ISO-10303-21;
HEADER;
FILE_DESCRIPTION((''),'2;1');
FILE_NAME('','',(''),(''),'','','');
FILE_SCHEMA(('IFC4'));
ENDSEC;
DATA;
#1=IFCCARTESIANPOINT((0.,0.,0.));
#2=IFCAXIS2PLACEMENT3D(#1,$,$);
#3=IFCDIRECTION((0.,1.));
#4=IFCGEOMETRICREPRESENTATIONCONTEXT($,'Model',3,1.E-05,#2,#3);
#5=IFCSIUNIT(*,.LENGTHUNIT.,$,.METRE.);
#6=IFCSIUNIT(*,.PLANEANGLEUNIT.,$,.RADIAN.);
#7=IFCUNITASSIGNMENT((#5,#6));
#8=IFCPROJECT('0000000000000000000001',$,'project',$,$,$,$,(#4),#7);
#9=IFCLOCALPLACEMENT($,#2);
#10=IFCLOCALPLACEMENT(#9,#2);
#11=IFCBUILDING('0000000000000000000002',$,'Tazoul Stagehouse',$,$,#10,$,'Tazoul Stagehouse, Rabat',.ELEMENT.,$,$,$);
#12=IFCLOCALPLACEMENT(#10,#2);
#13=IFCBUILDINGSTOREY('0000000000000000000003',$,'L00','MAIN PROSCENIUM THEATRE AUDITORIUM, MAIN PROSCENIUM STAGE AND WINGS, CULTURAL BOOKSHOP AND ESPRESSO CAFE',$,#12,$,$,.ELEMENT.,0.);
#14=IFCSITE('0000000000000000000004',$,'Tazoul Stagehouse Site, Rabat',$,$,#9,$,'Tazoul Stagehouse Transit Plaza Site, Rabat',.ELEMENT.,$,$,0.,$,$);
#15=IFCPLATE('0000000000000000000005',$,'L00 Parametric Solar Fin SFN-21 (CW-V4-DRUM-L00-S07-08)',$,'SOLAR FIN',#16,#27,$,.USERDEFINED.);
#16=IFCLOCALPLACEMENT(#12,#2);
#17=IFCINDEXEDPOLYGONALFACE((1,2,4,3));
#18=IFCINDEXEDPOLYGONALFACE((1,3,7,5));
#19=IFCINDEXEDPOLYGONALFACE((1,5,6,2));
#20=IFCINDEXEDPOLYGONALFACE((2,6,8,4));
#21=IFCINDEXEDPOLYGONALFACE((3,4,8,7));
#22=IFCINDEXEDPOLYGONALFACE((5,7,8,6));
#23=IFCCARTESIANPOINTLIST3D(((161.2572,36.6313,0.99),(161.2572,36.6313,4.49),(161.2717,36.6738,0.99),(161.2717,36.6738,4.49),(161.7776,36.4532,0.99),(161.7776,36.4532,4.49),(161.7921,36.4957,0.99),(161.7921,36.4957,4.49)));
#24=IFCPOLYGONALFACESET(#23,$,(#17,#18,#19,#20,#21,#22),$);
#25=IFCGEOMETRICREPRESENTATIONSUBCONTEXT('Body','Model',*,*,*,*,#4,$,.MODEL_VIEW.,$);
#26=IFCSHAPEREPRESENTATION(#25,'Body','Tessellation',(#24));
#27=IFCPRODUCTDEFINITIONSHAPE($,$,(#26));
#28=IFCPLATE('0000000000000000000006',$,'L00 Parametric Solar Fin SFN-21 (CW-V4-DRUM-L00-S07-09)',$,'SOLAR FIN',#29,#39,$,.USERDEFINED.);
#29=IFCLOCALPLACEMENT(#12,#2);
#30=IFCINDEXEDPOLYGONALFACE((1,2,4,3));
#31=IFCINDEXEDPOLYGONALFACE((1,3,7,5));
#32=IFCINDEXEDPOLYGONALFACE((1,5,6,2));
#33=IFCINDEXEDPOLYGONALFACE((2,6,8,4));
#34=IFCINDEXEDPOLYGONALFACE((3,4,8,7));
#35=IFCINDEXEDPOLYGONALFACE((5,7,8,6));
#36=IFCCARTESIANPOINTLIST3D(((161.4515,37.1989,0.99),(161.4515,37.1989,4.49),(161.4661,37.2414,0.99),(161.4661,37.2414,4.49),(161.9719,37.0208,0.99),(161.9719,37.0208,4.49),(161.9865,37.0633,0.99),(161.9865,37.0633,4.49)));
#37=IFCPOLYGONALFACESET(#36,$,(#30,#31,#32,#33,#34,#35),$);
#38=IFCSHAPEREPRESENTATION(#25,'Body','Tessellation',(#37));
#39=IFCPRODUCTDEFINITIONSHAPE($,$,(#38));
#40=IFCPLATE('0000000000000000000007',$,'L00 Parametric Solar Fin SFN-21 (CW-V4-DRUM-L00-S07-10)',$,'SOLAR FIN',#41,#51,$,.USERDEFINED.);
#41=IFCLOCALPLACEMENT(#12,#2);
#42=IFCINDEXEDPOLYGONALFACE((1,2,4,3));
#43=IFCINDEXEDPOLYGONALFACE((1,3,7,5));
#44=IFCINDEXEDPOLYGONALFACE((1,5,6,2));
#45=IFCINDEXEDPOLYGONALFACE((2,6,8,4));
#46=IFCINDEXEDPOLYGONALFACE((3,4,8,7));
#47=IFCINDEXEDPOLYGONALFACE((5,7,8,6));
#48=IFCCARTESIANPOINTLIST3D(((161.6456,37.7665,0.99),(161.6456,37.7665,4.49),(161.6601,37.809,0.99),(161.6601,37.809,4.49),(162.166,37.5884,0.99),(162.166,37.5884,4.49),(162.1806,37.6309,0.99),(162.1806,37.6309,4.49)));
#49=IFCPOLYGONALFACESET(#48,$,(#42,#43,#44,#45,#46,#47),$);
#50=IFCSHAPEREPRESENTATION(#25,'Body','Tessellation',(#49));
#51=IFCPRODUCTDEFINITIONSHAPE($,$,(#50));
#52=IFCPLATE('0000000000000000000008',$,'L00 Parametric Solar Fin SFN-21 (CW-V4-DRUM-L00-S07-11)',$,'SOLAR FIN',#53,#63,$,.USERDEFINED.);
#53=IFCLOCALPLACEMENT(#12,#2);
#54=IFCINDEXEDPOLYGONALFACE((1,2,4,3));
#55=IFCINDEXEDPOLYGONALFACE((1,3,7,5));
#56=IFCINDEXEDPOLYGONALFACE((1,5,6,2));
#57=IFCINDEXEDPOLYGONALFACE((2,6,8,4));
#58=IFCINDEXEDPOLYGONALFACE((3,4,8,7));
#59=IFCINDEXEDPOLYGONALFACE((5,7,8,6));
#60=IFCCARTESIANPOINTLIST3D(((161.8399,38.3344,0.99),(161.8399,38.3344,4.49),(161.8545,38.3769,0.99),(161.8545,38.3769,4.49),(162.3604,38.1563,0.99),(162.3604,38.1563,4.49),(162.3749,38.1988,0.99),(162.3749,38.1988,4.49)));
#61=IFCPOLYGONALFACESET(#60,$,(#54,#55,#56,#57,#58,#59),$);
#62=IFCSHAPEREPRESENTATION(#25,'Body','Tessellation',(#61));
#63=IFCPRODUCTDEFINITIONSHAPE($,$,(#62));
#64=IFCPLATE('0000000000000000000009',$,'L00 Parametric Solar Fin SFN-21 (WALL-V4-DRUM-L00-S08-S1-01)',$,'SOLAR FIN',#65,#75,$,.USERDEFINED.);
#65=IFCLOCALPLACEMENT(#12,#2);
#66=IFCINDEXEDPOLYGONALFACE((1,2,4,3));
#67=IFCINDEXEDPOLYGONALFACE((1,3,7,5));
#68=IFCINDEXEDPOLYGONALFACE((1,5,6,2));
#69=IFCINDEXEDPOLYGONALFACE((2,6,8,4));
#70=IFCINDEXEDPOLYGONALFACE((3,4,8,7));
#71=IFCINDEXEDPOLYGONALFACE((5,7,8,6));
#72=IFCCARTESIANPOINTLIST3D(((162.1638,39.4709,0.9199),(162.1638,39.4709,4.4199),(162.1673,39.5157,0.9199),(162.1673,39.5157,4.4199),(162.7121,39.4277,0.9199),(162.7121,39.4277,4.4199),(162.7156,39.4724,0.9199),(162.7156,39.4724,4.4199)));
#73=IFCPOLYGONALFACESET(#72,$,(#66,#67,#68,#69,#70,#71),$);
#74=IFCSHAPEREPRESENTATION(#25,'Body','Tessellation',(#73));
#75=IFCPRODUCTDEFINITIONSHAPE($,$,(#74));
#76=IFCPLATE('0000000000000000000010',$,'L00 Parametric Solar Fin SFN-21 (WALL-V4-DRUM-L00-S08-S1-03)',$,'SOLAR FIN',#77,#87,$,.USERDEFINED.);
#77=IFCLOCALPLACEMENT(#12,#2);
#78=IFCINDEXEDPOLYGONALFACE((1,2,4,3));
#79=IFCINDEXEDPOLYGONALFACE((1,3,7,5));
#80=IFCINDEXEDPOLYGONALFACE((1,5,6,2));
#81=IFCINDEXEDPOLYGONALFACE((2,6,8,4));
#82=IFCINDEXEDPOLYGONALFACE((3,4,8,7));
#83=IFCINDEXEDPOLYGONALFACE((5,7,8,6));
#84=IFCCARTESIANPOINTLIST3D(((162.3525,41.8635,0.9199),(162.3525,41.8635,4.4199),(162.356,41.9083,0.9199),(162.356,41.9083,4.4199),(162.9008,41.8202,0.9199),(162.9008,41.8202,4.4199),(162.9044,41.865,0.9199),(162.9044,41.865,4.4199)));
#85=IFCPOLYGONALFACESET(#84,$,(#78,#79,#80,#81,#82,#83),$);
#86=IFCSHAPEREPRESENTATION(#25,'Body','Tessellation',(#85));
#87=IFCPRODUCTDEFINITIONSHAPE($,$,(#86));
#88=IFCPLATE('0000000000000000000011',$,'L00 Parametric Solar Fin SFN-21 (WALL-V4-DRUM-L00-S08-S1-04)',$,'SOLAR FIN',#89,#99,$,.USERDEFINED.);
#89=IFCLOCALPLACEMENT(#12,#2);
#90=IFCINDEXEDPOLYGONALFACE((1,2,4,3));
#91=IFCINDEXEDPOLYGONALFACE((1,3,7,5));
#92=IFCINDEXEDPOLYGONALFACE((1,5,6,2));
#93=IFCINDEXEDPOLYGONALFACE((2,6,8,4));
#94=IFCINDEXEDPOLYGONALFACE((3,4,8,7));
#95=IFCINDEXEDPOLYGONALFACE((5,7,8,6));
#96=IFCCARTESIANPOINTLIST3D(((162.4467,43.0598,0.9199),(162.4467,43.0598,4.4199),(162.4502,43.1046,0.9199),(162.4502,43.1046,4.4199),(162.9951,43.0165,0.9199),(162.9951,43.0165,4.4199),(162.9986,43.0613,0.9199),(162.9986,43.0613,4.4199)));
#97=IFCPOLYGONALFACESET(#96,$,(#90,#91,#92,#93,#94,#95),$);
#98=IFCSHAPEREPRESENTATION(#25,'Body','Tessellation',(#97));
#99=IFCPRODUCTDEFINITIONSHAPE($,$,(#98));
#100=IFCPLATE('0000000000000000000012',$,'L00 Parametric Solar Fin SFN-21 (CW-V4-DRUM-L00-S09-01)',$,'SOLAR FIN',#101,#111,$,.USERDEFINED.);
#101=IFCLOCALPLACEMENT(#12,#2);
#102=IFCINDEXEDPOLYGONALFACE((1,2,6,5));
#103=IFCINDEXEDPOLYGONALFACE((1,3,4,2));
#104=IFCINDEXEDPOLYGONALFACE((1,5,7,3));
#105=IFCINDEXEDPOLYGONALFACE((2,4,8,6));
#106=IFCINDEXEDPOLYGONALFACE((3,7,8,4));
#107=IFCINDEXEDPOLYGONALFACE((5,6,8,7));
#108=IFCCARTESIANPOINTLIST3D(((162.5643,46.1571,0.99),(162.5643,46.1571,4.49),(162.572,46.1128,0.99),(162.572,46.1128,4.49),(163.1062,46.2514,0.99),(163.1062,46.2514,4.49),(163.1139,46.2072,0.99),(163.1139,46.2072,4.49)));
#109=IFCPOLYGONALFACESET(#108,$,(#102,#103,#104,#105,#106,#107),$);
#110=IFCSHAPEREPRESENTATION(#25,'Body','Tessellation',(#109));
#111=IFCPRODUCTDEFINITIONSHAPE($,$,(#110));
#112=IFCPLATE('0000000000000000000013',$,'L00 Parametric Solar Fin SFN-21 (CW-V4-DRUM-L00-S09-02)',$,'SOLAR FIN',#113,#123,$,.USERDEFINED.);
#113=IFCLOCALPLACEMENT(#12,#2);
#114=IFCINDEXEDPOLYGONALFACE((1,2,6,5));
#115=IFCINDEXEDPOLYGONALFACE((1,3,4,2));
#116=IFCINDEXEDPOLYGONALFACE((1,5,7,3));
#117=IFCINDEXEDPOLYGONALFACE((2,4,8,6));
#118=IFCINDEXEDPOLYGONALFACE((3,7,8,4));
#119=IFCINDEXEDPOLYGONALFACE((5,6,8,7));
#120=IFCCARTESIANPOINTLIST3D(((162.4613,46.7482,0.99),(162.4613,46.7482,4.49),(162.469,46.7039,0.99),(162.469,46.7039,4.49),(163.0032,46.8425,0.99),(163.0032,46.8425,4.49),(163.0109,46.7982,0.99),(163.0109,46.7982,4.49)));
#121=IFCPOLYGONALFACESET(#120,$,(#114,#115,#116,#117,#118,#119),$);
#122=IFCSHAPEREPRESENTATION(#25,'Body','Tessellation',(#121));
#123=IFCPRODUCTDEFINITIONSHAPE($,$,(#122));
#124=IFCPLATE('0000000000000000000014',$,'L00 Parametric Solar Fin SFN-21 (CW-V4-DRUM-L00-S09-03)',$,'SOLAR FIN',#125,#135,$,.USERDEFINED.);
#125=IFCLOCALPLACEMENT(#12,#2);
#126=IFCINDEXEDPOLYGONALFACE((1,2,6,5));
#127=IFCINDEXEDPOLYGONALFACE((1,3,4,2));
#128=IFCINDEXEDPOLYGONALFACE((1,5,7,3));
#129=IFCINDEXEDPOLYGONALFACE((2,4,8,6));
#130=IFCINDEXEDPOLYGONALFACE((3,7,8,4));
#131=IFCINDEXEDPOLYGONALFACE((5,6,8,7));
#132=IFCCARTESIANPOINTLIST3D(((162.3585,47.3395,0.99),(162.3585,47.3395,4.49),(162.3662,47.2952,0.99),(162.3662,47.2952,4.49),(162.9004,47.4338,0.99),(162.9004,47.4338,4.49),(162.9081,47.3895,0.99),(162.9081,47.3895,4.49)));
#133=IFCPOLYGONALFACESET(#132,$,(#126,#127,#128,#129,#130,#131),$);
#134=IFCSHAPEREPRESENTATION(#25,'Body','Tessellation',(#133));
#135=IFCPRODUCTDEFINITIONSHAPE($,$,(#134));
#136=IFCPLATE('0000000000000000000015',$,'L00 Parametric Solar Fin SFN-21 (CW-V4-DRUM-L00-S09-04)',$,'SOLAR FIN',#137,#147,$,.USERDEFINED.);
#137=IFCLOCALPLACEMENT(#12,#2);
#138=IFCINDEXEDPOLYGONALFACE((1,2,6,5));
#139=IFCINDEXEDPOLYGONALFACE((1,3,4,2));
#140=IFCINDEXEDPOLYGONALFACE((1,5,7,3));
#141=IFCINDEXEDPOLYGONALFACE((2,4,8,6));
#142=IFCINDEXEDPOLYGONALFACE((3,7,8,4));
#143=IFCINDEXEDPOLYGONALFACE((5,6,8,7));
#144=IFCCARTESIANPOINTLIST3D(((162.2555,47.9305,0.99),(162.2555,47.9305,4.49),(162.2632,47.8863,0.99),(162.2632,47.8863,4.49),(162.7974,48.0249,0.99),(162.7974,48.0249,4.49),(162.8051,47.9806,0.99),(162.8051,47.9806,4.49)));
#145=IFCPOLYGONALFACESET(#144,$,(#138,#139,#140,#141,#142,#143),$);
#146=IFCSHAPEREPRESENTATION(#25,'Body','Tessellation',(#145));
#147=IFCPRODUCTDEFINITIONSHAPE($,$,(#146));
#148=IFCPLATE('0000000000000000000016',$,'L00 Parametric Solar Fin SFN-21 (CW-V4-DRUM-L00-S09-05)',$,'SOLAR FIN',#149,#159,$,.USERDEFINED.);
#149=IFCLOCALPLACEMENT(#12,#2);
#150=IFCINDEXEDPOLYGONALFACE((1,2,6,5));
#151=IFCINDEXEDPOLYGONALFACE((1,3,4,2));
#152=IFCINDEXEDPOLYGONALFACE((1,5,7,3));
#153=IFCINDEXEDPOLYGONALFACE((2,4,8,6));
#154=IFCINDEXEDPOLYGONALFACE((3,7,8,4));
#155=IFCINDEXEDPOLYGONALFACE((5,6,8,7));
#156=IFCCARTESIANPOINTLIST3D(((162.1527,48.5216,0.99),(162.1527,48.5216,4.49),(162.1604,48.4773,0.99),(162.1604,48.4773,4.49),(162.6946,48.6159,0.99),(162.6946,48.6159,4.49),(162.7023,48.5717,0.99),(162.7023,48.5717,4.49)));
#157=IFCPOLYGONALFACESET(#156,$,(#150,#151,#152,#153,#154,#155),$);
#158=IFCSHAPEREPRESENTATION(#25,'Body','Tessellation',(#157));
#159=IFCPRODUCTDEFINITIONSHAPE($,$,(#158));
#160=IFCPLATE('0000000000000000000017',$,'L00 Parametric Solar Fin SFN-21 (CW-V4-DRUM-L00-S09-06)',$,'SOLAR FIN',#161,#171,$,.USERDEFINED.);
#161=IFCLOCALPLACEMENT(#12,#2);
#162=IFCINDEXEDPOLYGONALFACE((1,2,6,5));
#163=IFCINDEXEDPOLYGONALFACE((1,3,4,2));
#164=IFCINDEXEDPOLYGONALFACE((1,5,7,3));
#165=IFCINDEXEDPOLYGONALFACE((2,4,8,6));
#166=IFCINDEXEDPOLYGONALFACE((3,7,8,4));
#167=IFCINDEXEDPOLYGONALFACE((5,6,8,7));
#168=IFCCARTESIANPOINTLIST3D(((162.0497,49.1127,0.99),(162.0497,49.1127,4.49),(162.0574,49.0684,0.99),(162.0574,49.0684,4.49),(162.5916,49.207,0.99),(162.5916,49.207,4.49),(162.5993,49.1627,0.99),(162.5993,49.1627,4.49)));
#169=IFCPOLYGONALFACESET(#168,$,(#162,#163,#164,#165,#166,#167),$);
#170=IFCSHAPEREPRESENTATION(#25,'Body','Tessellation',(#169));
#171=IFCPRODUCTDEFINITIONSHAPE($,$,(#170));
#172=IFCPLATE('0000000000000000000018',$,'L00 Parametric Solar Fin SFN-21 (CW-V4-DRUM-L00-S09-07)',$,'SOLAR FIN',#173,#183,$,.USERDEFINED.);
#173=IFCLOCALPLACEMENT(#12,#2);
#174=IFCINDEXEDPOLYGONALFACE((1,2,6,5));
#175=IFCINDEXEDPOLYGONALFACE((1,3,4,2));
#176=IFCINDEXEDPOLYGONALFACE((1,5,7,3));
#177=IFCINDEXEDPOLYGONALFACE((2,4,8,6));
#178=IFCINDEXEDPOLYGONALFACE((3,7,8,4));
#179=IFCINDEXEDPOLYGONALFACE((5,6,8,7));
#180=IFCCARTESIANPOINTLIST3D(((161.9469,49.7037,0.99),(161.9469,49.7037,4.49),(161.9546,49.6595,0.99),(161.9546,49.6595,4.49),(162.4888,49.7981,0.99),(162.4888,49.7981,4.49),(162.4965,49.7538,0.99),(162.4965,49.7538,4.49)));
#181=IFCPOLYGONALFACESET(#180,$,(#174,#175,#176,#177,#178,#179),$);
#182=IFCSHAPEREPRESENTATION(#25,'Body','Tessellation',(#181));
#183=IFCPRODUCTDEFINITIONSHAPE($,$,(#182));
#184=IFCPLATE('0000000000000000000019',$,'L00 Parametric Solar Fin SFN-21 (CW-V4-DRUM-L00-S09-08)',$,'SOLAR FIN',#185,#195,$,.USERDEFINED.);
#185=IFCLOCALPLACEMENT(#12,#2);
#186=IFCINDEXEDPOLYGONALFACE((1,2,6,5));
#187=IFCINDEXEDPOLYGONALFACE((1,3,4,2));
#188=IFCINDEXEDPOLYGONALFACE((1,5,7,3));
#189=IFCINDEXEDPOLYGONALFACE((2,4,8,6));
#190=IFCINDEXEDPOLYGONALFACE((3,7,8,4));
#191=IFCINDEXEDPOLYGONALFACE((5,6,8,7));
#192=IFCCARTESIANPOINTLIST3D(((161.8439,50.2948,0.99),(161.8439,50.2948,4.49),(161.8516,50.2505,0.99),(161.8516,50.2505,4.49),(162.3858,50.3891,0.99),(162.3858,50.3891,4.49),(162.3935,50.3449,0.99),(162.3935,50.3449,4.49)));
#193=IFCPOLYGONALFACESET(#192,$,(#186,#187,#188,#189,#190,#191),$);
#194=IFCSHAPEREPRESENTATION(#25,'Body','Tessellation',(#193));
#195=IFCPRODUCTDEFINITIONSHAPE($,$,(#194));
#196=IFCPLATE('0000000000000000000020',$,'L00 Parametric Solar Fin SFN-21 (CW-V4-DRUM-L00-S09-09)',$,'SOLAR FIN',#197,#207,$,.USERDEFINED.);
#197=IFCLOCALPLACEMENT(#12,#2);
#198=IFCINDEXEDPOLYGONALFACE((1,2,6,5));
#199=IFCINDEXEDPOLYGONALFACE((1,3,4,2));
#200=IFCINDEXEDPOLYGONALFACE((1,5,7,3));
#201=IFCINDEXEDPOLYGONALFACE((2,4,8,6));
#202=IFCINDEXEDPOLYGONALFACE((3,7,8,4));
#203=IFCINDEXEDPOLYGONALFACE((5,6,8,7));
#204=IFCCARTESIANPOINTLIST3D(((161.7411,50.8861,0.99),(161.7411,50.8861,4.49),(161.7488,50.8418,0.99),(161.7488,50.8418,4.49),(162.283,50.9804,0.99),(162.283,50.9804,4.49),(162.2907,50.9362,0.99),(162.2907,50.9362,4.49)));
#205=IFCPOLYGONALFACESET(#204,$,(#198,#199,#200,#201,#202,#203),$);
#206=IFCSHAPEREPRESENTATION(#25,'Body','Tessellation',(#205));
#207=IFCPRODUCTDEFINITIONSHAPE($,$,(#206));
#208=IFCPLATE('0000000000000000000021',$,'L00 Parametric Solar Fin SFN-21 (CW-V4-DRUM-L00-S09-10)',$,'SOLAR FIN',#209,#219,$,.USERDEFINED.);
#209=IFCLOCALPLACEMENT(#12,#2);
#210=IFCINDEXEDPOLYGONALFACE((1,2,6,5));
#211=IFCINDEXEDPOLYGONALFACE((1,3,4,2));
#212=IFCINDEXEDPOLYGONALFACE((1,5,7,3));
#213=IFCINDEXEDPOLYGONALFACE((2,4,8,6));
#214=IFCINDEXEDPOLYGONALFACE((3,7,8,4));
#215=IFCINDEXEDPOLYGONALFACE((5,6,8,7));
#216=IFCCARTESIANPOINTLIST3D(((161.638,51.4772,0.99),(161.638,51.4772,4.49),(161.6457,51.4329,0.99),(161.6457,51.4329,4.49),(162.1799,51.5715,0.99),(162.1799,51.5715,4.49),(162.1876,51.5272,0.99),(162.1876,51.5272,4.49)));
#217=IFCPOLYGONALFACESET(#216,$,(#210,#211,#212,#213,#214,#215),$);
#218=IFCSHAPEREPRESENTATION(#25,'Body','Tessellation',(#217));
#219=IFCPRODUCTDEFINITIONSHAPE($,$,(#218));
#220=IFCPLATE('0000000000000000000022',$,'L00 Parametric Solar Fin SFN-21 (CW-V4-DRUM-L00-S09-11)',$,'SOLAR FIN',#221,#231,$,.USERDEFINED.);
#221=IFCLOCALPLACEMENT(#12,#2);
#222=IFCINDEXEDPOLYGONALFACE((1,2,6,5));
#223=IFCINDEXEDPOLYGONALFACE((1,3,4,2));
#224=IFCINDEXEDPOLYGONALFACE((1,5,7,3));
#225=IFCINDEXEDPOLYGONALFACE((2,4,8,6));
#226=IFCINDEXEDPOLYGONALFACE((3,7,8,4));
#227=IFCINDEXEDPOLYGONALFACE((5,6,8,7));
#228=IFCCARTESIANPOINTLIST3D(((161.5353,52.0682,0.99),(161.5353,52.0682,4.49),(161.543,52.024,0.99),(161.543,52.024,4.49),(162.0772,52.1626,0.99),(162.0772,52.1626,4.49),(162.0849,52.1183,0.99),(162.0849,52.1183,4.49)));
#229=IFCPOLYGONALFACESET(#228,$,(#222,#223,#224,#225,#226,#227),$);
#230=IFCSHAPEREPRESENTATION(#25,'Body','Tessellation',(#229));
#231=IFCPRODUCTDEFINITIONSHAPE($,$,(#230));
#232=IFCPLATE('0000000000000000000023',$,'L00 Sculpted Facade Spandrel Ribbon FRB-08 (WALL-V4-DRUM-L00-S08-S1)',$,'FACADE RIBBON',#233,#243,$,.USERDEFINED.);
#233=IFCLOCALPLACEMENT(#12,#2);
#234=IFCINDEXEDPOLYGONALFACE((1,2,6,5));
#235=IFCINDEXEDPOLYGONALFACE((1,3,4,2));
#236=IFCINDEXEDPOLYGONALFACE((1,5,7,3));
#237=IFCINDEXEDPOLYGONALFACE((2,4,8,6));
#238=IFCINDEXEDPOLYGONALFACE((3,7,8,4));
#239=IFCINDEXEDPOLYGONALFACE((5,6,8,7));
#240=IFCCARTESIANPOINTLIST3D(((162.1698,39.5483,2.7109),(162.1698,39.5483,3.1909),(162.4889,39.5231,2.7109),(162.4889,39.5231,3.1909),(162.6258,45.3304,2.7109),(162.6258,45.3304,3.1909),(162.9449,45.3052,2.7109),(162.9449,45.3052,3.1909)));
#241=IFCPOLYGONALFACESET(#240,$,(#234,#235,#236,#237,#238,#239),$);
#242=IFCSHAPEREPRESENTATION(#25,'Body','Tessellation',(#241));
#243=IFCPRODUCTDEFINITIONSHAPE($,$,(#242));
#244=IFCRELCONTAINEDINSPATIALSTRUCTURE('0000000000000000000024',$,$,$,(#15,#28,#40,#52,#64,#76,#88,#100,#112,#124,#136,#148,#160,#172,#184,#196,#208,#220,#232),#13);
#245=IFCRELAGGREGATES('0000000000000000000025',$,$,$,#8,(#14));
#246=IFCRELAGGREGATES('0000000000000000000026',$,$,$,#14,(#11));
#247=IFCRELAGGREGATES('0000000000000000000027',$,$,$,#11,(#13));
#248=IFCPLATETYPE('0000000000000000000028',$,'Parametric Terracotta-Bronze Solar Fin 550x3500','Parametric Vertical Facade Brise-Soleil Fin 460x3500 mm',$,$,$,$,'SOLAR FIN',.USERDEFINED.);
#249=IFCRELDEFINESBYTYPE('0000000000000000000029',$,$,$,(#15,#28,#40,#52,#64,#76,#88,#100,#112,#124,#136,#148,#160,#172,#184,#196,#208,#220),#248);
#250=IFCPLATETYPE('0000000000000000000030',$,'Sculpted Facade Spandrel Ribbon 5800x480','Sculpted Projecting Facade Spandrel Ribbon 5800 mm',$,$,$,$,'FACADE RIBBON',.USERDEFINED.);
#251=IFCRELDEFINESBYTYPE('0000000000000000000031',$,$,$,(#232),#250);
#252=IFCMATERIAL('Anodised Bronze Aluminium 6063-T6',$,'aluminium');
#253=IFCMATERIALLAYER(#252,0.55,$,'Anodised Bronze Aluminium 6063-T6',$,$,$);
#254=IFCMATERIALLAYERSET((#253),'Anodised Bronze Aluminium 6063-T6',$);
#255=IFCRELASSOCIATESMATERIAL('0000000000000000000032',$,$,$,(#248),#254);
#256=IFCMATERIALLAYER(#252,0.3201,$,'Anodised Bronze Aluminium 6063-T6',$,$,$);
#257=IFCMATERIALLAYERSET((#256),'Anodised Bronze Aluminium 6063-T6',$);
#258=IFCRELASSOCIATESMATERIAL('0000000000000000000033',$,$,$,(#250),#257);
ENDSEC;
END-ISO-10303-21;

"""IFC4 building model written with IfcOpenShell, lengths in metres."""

from ifc_helpers import new_model, si_unit, direction, frame, origin, origin_2d, place, context, subcontext, project, spatial, rectangle, extrude, material, layer, layer_set, type_object, element, save


model = new_model("IFC4")

# Units and contexts
model_context = context("Model", 3, precision=1e-05, world=origin(), true_north=direction((0.0, 1.0)))
body_context = subcontext(model_context, "Body", "Model", "MODEL_VIEW")
ifc_project = project(units=[si_unit("LENGTHUNIT", "METRE"), si_unit("PLANEANGLEUNIT", "RADIAN")], contexts=[model_context])

# Site, building, storey
site_placement = place(None, origin())
site = spatial("IfcSite", under=ifc_project, at=site_placement, Name="Tazoul Stagehouse Site, Rabat", LongName="Tazoul Stagehouse Transit Plaza Site, Rabat", CompositionType="ELEMENT", RefElevation=0.0)
building_placement = place(site_placement, origin())
building = spatial("IfcBuilding", under=site, at=building_placement, Name="Tazoul Stagehouse", LongName="Tazoul Stagehouse, Rabat", CompositionType="ELEMENT")
storey_placement = place(building_placement, origin())
storey = spatial("IfcBuildingStorey", under=building, at=storey_placement, Name="L00", Description="MAIN PROSCENIUM THEATRE AUDITORIUM, MAIN PROSCENIUM STAGE AND WINGS, CULTURAL BOOKSHOP AND ESPRESSO CAFE", CompositionType="ELEMENT", Elevation=0.0)

# Plates
ifc_material_1 = material(Name="Anodised Bronze Aluminium 6063-T6", Category="aluminium")
ifc_layer_1 = layer(ifc_material_1, 0.55, Name="Anodised Bronze Aluminium 6063-T6")
ifc_layer_set_1 = layer_set([ifc_layer_1], Name="Anodised Bronze Aluminium 6063-T6")
plate_type_1 = type_object("IfcPlateType", Name="Parametric Terracotta-Bronze Solar Fin 550x3500", Description="Parametric Vertical Facade Brise-Soleil Fin 460x3500 mm", ElementType="SOLAR FIN", PredefinedType="USERDEFINED", material=ifc_layer_set_1)
for number, where, z_axis, x_axis, name in (
    (1, (161.5247, 36.5635, 0.99), (0.0, 0.0, 1.0), (0.323785, 0.946131, 0.0), "L00 Parametric Solar Fin SFN-21 (CW-V4-DRUM-L00-S07-08)"),
    (2, (161.719, 37.1311, 0.99), (0.0, 0.0, 1.0), (0.323785, 0.946131, 0.0), "L00 Parametric Solar Fin SFN-21 (CW-V4-DRUM-L00-S07-09)"),
    (3, (161.9131, 37.6987, 0.99), (0.0, 0.0, 1.0), (0.323785, 0.946131, 0.0), "L00 Parametric Solar Fin SFN-21 (CW-V4-DRUM-L00-S07-10)"),
    (4, (162.1074, 38.2666, 0.99), (0.0, 0.0, 1.0), (0.323785, 0.946131, 0.0), "L00 Parametric Solar Fin SFN-21 (CW-V4-DRUM-L00-S07-11)"),
    (5, (162.4397, 39.4717, 0.9199), (0.0, 0.0, 1.0), (0.078623, 0.996904, 0.0), "L00 Parametric Solar Fin SFN-21 (WALL-V4-DRUM-L00-S08-S1-01)"),
    (6, (162.6284, 41.8643, 0.9199), (0.0, 0.0, 1.0), (0.078623, 0.996904, 0.0), "L00 Parametric Solar Fin SFN-21 (WALL-V4-DRUM-L00-S08-S1-03)"),
    (7, (162.7227, 43.0605, 0.9199), (0.0, 0.0, 1.0), (0.078623, 0.996904, 0.0), "L00 Parametric Solar Fin SFN-21 (WALL-V4-DRUM-L00-S08-S1-04)"),
    (8, (162.8391, 46.1821, 0.99), (0.0, 0.0, 1.0), (-0.171496, 0.985185, 0.0), "L00 Parametric Solar Fin SFN-21 (CW-V4-DRUM-L00-S09-01)"),
    (9, (162.7361, 46.7732, 0.99), (0.0, 0.0, 1.0), (-0.171496, 0.985185, 0.0), "L00 Parametric Solar Fin SFN-21 (CW-V4-DRUM-L00-S09-02)"),
    (10, (162.6333, 47.3645, 0.99), (0.0, 0.0, 1.0), (-0.171496, 0.985185, 0.0), "L00 Parametric Solar Fin SFN-21 (CW-V4-DRUM-L00-S09-03)"),
    (11, (162.5303, 47.9556, 0.99), (0.0, 0.0, 1.0), (-0.171496, 0.985185, 0.0), "L00 Parametric Solar Fin SFN-21 (CW-V4-DRUM-L00-S09-04)"),
    (12, (162.4275, 48.5466, 0.99), (0.0, 0.0, 1.0), (-0.171496, 0.985185, 0.0), "L00 Parametric Solar Fin SFN-21 (CW-V4-DRUM-L00-S09-05)"),
    (13, (162.3245, 49.1377, 0.99), (0.0, 0.0, 1.0), (-0.171496, 0.985185, 0.0), "L00 Parametric Solar Fin SFN-21 (CW-V4-DRUM-L00-S09-06)"),
    (14, (162.2217, 49.7288, 0.99), (0.0, 0.0, 1.0), (-0.171496, 0.985185, 0.0), "L00 Parametric Solar Fin SFN-21 (CW-V4-DRUM-L00-S09-07)"),
    (15, (162.1187, 50.3198, 0.99), (0.0, 0.0, 1.0), (-0.171496, 0.985185, 0.0), "L00 Parametric Solar Fin SFN-21 (CW-V4-DRUM-L00-S09-08)"),
    (16, (162.0159, 50.9111, 0.99), (0.0, 0.0, 1.0), (-0.171496, 0.985185, 0.0), "L00 Parametric Solar Fin SFN-21 (CW-V4-DRUM-L00-S09-09)"),
    (17, (161.9128, 51.5022, 0.99), (0.0, 0.0, 1.0), (-0.171496, 0.985185, 0.0), "L00 Parametric Solar Fin SFN-21 (CW-V4-DRUM-L00-S09-10)"),
    (18, (161.8101, 52.0933, 0.99), (0.0, 0.0, 1.0), (-0.171496, 0.985185, 0.0), "L00 Parametric Solar Fin SFN-21 (CW-V4-DRUM-L00-S09-11)"),
):
    element("IfcPlate", number, at=place(storey_placement, frame(where, z_axis=z_axis, x_axis=x_axis)), inside=storey, type_object=plate_type_1, Name=name, ObjectType="SOLAR FIN", PredefinedType="USERDEFINED", context=body_context, shape_type="SweptSolid", body=[
        extrude(rectangle(XDim=0.0449, YDim=0.55, at=origin_2d()), origin(), (0.0, 0.0, 1.0), 3.5),
    ])
ifc_layer_2 = layer(ifc_material_1, 0.3201, Name="Anodised Bronze Aluminium 6063-T6")
ifc_layer_set_2 = layer_set([ifc_layer_2], Name="Anodised Bronze Aluminium 6063-T6")
plate_type_2 = type_object("IfcPlateType", Name="Sculpted Facade Spandrel Ribbon 5800x480", Description="Sculpted Projecting Facade Spandrel Ribbon 5800 mm", ElementType="FACADE RIBBON", PredefinedType="USERDEFINED", material=ifc_layer_set_2)
plate_placement = place(storey_placement, frame((162.5574, 42.4268, 2.7109), z_axis=(0.0, 0.0, 1.0), x_axis=(0.078623, 0.996904, 0.0)))
element("IfcPlate", 19, at=plate_placement, inside=storey, type_object=plate_type_2, Name="L00 Sculpted Facade Spandrel Ribbon FRB-08 (WALL-V4-DRUM-L00-S08-S1)", ObjectType="FACADE RIBBON", PredefinedType="USERDEFINED", context=body_context, shape_type="SweptSolid", body=[
    extrude(rectangle(XDim=5.8, YDim=0.3201, at=origin_2d()), origin(), (0.0, 0.0, 1.0), 0.48),
])

save(model, "model.ifc")
